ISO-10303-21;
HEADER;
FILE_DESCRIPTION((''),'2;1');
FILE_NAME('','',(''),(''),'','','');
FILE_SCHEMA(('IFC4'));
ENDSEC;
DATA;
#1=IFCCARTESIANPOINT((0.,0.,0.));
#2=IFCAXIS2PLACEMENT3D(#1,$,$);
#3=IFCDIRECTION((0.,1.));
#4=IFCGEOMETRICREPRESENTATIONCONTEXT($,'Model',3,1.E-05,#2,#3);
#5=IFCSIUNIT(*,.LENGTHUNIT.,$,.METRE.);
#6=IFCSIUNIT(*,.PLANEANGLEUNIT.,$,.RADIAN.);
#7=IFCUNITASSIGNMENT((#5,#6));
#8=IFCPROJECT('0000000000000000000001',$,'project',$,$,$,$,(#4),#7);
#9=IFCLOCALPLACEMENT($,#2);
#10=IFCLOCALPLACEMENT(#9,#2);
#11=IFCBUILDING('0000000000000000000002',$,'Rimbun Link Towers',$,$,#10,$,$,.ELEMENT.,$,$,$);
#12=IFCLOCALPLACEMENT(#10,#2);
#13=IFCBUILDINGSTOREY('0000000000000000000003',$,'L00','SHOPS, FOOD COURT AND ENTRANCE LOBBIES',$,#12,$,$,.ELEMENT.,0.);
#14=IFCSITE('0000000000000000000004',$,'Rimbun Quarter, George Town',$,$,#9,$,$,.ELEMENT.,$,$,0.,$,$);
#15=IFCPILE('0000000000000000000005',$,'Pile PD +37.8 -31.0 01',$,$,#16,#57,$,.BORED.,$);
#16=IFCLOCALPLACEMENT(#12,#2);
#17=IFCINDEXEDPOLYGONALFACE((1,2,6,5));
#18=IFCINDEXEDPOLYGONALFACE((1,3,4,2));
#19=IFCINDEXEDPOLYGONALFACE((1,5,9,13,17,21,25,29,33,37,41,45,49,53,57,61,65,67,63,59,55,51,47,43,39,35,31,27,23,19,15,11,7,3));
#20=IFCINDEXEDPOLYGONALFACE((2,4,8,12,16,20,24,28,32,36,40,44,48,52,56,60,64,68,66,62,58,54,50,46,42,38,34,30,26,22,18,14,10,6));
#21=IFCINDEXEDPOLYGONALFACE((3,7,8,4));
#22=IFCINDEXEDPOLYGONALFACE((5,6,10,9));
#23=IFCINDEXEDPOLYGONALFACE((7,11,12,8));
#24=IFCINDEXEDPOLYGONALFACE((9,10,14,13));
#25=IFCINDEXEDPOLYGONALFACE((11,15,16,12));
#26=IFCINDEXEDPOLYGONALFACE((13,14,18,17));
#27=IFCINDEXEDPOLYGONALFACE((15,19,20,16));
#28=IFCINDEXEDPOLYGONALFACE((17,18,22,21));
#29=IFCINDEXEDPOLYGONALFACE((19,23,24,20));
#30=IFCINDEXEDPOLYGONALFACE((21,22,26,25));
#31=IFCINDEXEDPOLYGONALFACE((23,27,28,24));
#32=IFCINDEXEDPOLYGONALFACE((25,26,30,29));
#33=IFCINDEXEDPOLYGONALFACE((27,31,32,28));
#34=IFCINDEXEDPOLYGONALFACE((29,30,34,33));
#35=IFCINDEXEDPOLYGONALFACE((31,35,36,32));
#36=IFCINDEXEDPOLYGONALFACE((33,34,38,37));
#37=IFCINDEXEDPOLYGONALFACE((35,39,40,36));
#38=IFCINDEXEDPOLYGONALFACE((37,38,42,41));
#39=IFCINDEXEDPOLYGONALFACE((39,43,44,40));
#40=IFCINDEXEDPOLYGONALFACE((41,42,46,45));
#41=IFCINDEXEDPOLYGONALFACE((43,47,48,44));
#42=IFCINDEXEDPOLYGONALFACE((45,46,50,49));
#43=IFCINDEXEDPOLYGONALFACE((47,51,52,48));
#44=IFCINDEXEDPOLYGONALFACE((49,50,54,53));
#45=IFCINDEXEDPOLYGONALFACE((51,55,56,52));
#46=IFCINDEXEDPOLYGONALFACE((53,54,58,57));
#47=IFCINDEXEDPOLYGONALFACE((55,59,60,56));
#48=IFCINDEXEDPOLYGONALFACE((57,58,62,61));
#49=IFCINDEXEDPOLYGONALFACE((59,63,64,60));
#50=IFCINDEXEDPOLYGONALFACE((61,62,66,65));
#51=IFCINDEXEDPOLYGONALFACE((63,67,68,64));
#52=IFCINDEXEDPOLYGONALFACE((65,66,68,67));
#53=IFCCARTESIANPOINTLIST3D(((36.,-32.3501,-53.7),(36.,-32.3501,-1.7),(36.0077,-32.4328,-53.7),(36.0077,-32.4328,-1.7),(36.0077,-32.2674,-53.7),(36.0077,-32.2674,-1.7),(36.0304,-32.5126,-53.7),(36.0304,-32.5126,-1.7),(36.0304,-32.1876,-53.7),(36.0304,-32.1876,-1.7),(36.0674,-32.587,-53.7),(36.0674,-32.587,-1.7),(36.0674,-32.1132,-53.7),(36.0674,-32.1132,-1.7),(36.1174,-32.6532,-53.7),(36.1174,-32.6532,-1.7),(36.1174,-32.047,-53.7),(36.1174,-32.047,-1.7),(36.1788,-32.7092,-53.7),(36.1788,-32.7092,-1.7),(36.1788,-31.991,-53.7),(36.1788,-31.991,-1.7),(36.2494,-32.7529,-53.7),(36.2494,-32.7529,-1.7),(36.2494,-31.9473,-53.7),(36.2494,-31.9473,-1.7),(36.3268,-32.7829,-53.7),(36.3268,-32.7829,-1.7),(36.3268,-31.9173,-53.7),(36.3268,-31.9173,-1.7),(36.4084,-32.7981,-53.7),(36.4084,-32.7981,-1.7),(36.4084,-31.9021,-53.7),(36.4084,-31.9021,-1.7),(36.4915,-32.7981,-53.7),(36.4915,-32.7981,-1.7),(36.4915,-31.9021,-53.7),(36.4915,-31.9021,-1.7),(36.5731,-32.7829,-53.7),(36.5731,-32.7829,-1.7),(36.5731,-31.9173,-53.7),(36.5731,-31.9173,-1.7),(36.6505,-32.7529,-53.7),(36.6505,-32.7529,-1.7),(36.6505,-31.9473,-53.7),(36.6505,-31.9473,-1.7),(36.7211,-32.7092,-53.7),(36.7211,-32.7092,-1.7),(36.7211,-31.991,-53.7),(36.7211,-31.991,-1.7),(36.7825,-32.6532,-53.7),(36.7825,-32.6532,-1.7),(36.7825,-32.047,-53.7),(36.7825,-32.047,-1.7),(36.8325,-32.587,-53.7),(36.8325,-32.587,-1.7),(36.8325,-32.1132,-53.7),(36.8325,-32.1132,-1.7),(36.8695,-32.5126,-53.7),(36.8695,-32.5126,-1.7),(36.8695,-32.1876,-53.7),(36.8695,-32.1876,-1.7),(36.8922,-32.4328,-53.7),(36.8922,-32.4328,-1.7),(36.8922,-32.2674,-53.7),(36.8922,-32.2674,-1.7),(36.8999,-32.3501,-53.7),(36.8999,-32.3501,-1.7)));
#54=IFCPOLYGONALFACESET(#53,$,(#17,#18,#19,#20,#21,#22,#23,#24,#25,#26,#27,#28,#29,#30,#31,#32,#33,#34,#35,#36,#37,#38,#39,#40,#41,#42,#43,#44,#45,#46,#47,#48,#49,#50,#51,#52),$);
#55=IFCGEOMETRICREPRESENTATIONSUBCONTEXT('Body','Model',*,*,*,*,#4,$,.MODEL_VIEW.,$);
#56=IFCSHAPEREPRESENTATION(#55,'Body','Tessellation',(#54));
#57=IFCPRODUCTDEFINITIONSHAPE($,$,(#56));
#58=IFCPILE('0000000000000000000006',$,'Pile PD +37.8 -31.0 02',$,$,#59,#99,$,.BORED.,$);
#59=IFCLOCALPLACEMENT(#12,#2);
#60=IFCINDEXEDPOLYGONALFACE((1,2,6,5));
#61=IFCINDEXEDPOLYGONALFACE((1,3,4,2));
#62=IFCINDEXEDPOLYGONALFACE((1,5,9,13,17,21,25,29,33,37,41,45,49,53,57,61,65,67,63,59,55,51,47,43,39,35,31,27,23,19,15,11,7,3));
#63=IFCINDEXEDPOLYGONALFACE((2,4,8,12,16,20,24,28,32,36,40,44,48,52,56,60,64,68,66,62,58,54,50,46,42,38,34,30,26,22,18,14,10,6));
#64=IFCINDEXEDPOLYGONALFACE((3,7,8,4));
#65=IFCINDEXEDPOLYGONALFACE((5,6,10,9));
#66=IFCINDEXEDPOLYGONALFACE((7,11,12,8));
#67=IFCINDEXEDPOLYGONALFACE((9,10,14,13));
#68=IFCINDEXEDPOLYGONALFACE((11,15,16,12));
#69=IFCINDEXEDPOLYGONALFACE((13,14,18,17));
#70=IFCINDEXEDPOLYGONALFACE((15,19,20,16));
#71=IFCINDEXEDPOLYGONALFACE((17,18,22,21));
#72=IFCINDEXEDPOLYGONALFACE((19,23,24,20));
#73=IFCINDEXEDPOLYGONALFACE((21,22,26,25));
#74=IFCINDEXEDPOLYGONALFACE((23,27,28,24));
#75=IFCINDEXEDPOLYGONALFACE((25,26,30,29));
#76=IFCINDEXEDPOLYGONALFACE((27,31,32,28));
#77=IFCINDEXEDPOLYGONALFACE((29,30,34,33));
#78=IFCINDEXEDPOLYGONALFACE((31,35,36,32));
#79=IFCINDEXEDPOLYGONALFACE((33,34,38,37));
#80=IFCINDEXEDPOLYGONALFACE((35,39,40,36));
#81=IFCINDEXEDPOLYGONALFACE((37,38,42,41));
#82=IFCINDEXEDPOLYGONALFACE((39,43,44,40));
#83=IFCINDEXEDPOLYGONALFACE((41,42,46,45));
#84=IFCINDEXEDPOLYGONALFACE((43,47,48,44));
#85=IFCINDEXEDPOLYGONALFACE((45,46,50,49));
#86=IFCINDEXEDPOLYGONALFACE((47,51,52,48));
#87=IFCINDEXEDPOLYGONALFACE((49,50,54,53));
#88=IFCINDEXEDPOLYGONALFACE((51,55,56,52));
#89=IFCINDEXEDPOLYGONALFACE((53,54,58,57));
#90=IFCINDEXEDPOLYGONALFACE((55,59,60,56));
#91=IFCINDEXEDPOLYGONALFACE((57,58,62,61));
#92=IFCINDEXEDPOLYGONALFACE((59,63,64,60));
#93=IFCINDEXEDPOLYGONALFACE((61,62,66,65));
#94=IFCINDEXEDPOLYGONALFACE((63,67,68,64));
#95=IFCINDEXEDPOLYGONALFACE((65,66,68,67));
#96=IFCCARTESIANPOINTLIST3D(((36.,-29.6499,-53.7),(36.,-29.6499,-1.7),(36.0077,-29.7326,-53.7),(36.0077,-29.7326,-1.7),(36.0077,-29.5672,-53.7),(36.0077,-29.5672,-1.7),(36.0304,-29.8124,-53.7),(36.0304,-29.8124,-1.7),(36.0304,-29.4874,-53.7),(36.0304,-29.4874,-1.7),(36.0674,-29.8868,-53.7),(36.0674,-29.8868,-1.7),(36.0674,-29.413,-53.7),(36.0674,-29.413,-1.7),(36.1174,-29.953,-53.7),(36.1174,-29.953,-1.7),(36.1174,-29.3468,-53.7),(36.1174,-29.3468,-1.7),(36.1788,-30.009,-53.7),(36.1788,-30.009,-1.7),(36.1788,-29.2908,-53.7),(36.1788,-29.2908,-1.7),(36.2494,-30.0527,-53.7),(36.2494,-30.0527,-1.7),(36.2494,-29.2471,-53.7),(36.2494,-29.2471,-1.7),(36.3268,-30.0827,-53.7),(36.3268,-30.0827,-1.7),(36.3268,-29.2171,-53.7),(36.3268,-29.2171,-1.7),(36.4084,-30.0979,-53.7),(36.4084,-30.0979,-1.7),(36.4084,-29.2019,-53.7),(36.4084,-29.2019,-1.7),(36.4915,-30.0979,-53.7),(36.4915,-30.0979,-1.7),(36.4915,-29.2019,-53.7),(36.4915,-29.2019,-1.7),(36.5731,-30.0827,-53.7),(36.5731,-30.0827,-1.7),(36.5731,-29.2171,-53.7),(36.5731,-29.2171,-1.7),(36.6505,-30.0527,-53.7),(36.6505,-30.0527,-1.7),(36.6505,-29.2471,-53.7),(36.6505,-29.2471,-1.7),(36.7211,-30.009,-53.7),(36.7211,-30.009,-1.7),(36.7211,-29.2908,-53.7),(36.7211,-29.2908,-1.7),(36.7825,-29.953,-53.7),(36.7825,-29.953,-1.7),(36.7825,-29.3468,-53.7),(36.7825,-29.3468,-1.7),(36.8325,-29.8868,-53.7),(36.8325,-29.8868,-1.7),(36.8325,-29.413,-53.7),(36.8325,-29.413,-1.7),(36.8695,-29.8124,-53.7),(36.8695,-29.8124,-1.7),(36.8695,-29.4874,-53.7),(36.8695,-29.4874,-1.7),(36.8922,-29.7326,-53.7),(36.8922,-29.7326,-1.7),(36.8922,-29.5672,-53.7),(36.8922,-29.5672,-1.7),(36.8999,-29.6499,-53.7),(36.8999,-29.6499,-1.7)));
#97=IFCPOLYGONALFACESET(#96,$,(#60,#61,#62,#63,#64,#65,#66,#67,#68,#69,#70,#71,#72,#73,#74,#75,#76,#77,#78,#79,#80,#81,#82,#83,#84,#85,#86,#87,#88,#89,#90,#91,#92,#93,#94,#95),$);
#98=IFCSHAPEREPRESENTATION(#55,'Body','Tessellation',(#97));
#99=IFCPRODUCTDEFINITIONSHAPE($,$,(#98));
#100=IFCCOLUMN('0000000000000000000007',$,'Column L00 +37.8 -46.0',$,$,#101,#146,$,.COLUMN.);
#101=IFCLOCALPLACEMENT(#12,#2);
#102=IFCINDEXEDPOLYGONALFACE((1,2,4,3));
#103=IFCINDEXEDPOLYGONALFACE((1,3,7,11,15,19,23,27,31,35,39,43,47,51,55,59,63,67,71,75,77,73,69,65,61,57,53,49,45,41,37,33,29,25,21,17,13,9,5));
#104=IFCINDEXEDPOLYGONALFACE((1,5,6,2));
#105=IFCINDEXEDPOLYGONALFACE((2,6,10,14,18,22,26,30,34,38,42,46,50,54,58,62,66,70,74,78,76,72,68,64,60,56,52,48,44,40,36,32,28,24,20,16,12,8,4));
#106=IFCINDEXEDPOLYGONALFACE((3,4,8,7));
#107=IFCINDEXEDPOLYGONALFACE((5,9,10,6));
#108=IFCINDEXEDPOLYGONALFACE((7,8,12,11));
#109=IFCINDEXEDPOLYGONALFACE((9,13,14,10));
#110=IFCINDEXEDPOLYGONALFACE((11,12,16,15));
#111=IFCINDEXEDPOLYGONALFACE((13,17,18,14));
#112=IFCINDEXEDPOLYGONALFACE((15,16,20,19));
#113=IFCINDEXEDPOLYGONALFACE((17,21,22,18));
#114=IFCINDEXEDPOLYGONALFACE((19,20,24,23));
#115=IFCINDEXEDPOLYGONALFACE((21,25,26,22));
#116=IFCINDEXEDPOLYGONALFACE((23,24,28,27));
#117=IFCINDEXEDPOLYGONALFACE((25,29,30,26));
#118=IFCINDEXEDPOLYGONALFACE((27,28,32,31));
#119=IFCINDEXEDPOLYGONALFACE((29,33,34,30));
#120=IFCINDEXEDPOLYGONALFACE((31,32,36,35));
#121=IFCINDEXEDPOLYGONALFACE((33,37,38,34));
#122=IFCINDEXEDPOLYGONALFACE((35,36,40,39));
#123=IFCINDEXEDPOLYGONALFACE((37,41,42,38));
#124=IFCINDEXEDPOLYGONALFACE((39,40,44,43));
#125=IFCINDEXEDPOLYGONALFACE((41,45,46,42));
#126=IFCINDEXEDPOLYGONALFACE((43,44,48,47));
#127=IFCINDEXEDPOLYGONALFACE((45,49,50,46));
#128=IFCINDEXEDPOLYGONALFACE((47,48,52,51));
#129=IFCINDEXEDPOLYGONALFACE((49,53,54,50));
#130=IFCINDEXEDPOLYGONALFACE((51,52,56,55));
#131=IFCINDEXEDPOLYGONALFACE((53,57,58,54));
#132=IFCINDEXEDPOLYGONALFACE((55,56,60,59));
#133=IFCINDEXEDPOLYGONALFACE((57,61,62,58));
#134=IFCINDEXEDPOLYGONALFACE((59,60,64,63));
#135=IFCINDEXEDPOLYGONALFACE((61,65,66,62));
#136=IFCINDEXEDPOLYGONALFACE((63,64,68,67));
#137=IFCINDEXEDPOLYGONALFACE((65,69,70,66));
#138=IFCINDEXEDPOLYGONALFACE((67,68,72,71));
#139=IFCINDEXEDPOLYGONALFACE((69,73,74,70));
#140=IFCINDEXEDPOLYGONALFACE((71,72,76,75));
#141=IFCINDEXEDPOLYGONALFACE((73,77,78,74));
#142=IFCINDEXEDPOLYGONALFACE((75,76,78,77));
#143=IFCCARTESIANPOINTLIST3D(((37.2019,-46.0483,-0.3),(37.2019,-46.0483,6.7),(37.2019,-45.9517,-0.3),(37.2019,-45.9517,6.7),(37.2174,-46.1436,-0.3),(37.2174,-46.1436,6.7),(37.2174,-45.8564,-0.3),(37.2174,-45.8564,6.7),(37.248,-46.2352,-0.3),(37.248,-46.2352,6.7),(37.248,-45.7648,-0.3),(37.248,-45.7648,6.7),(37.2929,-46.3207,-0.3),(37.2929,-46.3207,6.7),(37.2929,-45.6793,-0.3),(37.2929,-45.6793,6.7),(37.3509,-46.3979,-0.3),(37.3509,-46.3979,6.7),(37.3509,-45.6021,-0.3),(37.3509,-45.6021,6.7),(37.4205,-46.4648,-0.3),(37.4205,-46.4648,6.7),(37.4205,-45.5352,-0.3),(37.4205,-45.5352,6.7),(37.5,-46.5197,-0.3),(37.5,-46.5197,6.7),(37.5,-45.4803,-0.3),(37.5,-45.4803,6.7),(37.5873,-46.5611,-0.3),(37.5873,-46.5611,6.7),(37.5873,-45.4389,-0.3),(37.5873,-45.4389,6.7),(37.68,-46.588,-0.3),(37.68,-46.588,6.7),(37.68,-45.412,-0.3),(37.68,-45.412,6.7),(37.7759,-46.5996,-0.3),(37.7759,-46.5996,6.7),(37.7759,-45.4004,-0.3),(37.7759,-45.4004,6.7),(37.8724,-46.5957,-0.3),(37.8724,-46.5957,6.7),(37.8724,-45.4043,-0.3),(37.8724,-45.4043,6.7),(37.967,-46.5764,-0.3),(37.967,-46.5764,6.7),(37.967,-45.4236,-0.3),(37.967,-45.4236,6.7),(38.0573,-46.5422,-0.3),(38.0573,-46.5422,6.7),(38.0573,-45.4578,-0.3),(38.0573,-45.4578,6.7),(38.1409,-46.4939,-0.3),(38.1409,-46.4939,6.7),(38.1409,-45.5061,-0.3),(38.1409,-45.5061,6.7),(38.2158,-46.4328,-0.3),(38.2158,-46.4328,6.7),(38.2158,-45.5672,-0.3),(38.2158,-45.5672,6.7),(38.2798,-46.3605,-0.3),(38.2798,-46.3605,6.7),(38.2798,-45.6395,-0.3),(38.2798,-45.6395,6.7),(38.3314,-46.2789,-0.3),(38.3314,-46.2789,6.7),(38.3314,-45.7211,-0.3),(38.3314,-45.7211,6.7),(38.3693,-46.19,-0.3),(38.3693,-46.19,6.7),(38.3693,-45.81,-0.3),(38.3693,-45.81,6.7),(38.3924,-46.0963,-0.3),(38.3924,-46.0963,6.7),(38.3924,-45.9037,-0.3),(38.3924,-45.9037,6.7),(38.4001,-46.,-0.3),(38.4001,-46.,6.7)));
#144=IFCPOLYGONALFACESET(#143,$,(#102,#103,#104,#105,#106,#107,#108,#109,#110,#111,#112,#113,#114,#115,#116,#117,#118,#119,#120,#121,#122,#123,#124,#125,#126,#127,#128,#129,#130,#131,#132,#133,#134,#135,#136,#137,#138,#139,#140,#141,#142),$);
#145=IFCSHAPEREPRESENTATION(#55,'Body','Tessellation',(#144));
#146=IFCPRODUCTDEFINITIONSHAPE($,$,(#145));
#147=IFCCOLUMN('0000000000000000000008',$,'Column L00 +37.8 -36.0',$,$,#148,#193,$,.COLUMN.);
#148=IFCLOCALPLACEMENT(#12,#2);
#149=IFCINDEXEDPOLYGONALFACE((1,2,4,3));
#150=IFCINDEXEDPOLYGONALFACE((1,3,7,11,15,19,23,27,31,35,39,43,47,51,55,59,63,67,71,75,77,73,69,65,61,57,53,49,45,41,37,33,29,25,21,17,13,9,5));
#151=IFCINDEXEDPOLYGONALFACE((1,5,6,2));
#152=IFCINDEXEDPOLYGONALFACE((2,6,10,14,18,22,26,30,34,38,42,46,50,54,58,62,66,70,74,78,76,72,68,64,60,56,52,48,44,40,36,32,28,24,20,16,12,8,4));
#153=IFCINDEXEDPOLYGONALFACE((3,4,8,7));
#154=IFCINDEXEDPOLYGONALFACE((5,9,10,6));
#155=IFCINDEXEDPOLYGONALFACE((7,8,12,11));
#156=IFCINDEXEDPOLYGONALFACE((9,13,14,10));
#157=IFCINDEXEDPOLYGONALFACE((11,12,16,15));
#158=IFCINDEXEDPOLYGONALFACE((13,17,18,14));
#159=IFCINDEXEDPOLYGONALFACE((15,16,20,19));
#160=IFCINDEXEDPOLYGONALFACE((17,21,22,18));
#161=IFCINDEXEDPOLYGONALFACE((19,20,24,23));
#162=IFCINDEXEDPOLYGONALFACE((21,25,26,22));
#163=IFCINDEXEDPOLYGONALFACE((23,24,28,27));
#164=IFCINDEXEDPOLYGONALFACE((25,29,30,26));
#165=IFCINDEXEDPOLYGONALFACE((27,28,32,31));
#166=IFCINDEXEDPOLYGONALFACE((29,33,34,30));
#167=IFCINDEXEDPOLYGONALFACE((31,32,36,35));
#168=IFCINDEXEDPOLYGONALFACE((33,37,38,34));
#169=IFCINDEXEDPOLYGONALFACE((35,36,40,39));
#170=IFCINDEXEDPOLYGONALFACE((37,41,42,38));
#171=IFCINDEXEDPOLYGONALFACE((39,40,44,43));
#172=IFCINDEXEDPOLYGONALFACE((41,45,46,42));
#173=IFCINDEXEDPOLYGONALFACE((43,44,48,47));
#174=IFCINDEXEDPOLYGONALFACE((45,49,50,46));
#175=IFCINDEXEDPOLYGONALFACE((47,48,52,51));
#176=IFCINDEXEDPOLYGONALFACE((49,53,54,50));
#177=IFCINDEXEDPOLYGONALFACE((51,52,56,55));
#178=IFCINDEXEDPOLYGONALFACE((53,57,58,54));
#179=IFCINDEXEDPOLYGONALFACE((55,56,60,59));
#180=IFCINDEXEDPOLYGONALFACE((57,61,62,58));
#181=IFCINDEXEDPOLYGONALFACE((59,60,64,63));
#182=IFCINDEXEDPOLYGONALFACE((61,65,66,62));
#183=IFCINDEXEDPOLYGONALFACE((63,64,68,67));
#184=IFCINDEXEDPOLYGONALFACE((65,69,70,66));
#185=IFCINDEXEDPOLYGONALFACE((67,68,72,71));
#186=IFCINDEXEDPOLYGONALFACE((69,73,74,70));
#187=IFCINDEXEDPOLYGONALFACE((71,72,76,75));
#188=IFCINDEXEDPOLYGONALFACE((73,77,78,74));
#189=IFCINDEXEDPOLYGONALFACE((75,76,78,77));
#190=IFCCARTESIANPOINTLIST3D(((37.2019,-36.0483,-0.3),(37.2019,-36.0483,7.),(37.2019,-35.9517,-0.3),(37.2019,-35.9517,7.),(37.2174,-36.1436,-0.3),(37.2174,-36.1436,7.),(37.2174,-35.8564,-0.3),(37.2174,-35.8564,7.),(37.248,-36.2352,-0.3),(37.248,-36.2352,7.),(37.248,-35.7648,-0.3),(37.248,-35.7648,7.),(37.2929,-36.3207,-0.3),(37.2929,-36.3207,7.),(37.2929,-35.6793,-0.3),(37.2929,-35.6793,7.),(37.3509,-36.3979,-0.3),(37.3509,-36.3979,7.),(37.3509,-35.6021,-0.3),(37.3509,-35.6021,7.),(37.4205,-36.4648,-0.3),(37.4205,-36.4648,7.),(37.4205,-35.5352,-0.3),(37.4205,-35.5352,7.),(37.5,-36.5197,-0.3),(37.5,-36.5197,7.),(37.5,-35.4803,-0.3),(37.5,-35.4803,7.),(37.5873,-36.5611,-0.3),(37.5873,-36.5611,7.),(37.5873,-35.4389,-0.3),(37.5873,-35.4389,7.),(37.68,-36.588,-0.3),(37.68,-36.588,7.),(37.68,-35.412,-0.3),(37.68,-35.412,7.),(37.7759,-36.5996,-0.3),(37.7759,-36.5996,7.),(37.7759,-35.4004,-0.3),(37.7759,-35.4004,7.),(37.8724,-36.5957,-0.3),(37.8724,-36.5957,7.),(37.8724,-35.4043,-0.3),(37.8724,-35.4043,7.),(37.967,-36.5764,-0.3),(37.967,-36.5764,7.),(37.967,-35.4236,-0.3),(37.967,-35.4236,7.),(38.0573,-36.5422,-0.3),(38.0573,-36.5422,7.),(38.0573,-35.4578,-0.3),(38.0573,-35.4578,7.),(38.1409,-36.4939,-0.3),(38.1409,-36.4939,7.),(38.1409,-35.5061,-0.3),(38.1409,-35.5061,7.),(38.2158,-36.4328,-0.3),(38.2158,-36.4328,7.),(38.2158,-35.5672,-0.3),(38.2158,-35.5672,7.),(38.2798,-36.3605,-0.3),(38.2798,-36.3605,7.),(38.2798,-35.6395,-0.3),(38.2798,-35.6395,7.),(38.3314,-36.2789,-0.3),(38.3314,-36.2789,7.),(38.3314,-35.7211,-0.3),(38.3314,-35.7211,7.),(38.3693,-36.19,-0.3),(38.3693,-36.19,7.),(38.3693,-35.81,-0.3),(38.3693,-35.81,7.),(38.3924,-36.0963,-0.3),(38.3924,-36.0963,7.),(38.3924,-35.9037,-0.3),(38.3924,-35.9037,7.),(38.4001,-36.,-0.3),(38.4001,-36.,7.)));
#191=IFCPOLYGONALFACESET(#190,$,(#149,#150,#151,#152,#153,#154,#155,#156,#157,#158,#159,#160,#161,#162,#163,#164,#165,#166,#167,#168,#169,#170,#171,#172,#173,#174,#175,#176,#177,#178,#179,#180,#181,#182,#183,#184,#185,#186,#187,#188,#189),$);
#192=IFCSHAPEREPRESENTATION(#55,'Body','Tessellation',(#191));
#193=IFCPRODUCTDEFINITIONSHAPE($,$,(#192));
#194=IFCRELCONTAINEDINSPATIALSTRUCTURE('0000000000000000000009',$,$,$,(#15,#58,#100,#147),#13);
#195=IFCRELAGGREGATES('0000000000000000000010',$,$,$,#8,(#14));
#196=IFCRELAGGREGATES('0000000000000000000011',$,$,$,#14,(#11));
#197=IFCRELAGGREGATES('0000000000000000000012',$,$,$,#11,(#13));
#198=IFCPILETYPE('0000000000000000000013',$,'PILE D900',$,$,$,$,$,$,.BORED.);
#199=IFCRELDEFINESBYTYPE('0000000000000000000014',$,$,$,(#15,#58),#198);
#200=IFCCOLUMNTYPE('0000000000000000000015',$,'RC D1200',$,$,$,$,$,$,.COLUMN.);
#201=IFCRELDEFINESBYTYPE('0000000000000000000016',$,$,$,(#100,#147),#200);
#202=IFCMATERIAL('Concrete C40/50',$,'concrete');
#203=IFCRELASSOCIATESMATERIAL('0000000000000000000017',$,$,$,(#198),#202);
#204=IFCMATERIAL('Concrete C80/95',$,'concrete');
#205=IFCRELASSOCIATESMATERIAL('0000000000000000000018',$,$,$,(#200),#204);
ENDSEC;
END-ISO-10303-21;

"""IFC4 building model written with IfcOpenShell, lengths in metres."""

from ifc_helpers import new_model, si_unit, direction, frame, origin, origin_2d, place, context, subcontext, project, spatial, circle, extrude, material, material_profile, profile_set, type_object, element, save


model = new_model("IFC4")

# Units and contexts
model_context = context("Model", 3, precision=1e-05, world=origin(), true_north=direction((0.0, 1.0)))
body_context = subcontext(model_context, "Body", "Model", "MODEL_VIEW")
ifc_project = project(units=[si_unit("LENGTHUNIT", "METRE"), si_unit("PLANEANGLEUNIT", "RADIAN")], contexts=[model_context])

# Site, building, storey
site_placement = place(None, origin())
site = spatial("IfcSite", under=ifc_project, at=site_placement, Name="Rimbun Quarter, George Town", CompositionType="ELEMENT", RefElevation=0.0)
building_placement = place(site_placement, origin())
building = spatial("IfcBuilding", under=site, at=building_placement, Name="Rimbun Link Towers", CompositionType="ELEMENT")
storey_placement = place(building_placement, origin())
storey = spatial("IfcBuildingStorey", under=building, at=storey_placement, Name="L00", Description="SHOPS, FOOD COURT AND ENTRANCE LOBBIES", CompositionType="ELEMENT", Elevation=0.0)

# Piles
ifc_material_1 = material(Name="Concrete C40/50", Category="concrete")
ifc_material_profile_1 = material_profile(ifc_material_1, circle(Radius=0.45, at=origin_2d()), Name="PILE D900")
ifc_profile_set_1 = profile_set([ifc_material_profile_1], Name="Concrete C40/50")
pile_type = type_object("IfcPileType", Name="PILE D900", PredefinedType="BORED", material=ifc_profile_set_1)
for number, where, z_axis, x_axis, name in (
    (1, (36.45, -32.3501, -1.7), (0.0, 0.0, -1.0), (1.0, 0.0, 0.0), "Pile PD +37.8 -31.0 01"),
    (2, (36.45, -29.6499, -1.7), (0.0, 0.0, -1.0), (1.0, 0.0, 0.0), "Pile PD +37.8 -31.0 02"),
):
    element("IfcPile", number, at=place(storey_placement, frame(where, z_axis=z_axis, x_axis=x_axis)), inside=storey, type_object=pile_type, Name=name, PredefinedType="BORED", context=body_context, shape_type="SweptSolid", body=[
        extrude(circle(Radius=0.45, at=origin_2d()), origin(), (0.0, 0.0, 1.0), 52.0),
    ])

# Columns
ifc_material_2 = material(Name="Concrete C80/95", Category="concrete")
ifc_material_profile_2 = material_profile(ifc_material_2, circle(Radius=0.6001, at=origin_2d()), Name="RC D1200")
ifc_profile_set_2 = profile_set([ifc_material_profile_2], Name="Concrete C80/95")
column_type = type_object("IfcColumnType", Name="RC D1200", PredefinedType="COLUMN", material=ifc_profile_set_2)
column_placement = place(storey_placement, frame((37.8, -46.0, -0.3), z_axis=(0.0, 0.0, 1.0), x_axis=(1.0, 0.0, 0.0)))
element("IfcColumn", 3, at=column_placement, inside=storey, type_object=column_type, Name="Column L00 +37.8 -46.0", PredefinedType="COLUMN", context=body_context, shape_type="SweptSolid", body=[
    extrude(circle(Radius=0.6001, at=origin_2d()), origin(), (0.0, 0.0, 1.0), 7.0),
])
for number, where, z_axis, x_axis, name in (
    (4, (37.8, -36.0, -0.3), (0.0, 0.0, 1.0), (1.0, 0.0, 0.0), "Column L00 +37.8 -36.0"),
):
    element("IfcColumn", number, at=place(storey_placement, frame(where, z_axis=z_axis, x_axis=x_axis)), inside=storey, type_object=column_type, Name=name, PredefinedType="COLUMN", context=body_context, shape_type="SweptSolid", body=[
        extrude(circle(Radius=0.6001, at=origin_2d()), origin(), (0.0, 0.0, 1.0), 7.3),
    ])

save(model, "model.ifc")
